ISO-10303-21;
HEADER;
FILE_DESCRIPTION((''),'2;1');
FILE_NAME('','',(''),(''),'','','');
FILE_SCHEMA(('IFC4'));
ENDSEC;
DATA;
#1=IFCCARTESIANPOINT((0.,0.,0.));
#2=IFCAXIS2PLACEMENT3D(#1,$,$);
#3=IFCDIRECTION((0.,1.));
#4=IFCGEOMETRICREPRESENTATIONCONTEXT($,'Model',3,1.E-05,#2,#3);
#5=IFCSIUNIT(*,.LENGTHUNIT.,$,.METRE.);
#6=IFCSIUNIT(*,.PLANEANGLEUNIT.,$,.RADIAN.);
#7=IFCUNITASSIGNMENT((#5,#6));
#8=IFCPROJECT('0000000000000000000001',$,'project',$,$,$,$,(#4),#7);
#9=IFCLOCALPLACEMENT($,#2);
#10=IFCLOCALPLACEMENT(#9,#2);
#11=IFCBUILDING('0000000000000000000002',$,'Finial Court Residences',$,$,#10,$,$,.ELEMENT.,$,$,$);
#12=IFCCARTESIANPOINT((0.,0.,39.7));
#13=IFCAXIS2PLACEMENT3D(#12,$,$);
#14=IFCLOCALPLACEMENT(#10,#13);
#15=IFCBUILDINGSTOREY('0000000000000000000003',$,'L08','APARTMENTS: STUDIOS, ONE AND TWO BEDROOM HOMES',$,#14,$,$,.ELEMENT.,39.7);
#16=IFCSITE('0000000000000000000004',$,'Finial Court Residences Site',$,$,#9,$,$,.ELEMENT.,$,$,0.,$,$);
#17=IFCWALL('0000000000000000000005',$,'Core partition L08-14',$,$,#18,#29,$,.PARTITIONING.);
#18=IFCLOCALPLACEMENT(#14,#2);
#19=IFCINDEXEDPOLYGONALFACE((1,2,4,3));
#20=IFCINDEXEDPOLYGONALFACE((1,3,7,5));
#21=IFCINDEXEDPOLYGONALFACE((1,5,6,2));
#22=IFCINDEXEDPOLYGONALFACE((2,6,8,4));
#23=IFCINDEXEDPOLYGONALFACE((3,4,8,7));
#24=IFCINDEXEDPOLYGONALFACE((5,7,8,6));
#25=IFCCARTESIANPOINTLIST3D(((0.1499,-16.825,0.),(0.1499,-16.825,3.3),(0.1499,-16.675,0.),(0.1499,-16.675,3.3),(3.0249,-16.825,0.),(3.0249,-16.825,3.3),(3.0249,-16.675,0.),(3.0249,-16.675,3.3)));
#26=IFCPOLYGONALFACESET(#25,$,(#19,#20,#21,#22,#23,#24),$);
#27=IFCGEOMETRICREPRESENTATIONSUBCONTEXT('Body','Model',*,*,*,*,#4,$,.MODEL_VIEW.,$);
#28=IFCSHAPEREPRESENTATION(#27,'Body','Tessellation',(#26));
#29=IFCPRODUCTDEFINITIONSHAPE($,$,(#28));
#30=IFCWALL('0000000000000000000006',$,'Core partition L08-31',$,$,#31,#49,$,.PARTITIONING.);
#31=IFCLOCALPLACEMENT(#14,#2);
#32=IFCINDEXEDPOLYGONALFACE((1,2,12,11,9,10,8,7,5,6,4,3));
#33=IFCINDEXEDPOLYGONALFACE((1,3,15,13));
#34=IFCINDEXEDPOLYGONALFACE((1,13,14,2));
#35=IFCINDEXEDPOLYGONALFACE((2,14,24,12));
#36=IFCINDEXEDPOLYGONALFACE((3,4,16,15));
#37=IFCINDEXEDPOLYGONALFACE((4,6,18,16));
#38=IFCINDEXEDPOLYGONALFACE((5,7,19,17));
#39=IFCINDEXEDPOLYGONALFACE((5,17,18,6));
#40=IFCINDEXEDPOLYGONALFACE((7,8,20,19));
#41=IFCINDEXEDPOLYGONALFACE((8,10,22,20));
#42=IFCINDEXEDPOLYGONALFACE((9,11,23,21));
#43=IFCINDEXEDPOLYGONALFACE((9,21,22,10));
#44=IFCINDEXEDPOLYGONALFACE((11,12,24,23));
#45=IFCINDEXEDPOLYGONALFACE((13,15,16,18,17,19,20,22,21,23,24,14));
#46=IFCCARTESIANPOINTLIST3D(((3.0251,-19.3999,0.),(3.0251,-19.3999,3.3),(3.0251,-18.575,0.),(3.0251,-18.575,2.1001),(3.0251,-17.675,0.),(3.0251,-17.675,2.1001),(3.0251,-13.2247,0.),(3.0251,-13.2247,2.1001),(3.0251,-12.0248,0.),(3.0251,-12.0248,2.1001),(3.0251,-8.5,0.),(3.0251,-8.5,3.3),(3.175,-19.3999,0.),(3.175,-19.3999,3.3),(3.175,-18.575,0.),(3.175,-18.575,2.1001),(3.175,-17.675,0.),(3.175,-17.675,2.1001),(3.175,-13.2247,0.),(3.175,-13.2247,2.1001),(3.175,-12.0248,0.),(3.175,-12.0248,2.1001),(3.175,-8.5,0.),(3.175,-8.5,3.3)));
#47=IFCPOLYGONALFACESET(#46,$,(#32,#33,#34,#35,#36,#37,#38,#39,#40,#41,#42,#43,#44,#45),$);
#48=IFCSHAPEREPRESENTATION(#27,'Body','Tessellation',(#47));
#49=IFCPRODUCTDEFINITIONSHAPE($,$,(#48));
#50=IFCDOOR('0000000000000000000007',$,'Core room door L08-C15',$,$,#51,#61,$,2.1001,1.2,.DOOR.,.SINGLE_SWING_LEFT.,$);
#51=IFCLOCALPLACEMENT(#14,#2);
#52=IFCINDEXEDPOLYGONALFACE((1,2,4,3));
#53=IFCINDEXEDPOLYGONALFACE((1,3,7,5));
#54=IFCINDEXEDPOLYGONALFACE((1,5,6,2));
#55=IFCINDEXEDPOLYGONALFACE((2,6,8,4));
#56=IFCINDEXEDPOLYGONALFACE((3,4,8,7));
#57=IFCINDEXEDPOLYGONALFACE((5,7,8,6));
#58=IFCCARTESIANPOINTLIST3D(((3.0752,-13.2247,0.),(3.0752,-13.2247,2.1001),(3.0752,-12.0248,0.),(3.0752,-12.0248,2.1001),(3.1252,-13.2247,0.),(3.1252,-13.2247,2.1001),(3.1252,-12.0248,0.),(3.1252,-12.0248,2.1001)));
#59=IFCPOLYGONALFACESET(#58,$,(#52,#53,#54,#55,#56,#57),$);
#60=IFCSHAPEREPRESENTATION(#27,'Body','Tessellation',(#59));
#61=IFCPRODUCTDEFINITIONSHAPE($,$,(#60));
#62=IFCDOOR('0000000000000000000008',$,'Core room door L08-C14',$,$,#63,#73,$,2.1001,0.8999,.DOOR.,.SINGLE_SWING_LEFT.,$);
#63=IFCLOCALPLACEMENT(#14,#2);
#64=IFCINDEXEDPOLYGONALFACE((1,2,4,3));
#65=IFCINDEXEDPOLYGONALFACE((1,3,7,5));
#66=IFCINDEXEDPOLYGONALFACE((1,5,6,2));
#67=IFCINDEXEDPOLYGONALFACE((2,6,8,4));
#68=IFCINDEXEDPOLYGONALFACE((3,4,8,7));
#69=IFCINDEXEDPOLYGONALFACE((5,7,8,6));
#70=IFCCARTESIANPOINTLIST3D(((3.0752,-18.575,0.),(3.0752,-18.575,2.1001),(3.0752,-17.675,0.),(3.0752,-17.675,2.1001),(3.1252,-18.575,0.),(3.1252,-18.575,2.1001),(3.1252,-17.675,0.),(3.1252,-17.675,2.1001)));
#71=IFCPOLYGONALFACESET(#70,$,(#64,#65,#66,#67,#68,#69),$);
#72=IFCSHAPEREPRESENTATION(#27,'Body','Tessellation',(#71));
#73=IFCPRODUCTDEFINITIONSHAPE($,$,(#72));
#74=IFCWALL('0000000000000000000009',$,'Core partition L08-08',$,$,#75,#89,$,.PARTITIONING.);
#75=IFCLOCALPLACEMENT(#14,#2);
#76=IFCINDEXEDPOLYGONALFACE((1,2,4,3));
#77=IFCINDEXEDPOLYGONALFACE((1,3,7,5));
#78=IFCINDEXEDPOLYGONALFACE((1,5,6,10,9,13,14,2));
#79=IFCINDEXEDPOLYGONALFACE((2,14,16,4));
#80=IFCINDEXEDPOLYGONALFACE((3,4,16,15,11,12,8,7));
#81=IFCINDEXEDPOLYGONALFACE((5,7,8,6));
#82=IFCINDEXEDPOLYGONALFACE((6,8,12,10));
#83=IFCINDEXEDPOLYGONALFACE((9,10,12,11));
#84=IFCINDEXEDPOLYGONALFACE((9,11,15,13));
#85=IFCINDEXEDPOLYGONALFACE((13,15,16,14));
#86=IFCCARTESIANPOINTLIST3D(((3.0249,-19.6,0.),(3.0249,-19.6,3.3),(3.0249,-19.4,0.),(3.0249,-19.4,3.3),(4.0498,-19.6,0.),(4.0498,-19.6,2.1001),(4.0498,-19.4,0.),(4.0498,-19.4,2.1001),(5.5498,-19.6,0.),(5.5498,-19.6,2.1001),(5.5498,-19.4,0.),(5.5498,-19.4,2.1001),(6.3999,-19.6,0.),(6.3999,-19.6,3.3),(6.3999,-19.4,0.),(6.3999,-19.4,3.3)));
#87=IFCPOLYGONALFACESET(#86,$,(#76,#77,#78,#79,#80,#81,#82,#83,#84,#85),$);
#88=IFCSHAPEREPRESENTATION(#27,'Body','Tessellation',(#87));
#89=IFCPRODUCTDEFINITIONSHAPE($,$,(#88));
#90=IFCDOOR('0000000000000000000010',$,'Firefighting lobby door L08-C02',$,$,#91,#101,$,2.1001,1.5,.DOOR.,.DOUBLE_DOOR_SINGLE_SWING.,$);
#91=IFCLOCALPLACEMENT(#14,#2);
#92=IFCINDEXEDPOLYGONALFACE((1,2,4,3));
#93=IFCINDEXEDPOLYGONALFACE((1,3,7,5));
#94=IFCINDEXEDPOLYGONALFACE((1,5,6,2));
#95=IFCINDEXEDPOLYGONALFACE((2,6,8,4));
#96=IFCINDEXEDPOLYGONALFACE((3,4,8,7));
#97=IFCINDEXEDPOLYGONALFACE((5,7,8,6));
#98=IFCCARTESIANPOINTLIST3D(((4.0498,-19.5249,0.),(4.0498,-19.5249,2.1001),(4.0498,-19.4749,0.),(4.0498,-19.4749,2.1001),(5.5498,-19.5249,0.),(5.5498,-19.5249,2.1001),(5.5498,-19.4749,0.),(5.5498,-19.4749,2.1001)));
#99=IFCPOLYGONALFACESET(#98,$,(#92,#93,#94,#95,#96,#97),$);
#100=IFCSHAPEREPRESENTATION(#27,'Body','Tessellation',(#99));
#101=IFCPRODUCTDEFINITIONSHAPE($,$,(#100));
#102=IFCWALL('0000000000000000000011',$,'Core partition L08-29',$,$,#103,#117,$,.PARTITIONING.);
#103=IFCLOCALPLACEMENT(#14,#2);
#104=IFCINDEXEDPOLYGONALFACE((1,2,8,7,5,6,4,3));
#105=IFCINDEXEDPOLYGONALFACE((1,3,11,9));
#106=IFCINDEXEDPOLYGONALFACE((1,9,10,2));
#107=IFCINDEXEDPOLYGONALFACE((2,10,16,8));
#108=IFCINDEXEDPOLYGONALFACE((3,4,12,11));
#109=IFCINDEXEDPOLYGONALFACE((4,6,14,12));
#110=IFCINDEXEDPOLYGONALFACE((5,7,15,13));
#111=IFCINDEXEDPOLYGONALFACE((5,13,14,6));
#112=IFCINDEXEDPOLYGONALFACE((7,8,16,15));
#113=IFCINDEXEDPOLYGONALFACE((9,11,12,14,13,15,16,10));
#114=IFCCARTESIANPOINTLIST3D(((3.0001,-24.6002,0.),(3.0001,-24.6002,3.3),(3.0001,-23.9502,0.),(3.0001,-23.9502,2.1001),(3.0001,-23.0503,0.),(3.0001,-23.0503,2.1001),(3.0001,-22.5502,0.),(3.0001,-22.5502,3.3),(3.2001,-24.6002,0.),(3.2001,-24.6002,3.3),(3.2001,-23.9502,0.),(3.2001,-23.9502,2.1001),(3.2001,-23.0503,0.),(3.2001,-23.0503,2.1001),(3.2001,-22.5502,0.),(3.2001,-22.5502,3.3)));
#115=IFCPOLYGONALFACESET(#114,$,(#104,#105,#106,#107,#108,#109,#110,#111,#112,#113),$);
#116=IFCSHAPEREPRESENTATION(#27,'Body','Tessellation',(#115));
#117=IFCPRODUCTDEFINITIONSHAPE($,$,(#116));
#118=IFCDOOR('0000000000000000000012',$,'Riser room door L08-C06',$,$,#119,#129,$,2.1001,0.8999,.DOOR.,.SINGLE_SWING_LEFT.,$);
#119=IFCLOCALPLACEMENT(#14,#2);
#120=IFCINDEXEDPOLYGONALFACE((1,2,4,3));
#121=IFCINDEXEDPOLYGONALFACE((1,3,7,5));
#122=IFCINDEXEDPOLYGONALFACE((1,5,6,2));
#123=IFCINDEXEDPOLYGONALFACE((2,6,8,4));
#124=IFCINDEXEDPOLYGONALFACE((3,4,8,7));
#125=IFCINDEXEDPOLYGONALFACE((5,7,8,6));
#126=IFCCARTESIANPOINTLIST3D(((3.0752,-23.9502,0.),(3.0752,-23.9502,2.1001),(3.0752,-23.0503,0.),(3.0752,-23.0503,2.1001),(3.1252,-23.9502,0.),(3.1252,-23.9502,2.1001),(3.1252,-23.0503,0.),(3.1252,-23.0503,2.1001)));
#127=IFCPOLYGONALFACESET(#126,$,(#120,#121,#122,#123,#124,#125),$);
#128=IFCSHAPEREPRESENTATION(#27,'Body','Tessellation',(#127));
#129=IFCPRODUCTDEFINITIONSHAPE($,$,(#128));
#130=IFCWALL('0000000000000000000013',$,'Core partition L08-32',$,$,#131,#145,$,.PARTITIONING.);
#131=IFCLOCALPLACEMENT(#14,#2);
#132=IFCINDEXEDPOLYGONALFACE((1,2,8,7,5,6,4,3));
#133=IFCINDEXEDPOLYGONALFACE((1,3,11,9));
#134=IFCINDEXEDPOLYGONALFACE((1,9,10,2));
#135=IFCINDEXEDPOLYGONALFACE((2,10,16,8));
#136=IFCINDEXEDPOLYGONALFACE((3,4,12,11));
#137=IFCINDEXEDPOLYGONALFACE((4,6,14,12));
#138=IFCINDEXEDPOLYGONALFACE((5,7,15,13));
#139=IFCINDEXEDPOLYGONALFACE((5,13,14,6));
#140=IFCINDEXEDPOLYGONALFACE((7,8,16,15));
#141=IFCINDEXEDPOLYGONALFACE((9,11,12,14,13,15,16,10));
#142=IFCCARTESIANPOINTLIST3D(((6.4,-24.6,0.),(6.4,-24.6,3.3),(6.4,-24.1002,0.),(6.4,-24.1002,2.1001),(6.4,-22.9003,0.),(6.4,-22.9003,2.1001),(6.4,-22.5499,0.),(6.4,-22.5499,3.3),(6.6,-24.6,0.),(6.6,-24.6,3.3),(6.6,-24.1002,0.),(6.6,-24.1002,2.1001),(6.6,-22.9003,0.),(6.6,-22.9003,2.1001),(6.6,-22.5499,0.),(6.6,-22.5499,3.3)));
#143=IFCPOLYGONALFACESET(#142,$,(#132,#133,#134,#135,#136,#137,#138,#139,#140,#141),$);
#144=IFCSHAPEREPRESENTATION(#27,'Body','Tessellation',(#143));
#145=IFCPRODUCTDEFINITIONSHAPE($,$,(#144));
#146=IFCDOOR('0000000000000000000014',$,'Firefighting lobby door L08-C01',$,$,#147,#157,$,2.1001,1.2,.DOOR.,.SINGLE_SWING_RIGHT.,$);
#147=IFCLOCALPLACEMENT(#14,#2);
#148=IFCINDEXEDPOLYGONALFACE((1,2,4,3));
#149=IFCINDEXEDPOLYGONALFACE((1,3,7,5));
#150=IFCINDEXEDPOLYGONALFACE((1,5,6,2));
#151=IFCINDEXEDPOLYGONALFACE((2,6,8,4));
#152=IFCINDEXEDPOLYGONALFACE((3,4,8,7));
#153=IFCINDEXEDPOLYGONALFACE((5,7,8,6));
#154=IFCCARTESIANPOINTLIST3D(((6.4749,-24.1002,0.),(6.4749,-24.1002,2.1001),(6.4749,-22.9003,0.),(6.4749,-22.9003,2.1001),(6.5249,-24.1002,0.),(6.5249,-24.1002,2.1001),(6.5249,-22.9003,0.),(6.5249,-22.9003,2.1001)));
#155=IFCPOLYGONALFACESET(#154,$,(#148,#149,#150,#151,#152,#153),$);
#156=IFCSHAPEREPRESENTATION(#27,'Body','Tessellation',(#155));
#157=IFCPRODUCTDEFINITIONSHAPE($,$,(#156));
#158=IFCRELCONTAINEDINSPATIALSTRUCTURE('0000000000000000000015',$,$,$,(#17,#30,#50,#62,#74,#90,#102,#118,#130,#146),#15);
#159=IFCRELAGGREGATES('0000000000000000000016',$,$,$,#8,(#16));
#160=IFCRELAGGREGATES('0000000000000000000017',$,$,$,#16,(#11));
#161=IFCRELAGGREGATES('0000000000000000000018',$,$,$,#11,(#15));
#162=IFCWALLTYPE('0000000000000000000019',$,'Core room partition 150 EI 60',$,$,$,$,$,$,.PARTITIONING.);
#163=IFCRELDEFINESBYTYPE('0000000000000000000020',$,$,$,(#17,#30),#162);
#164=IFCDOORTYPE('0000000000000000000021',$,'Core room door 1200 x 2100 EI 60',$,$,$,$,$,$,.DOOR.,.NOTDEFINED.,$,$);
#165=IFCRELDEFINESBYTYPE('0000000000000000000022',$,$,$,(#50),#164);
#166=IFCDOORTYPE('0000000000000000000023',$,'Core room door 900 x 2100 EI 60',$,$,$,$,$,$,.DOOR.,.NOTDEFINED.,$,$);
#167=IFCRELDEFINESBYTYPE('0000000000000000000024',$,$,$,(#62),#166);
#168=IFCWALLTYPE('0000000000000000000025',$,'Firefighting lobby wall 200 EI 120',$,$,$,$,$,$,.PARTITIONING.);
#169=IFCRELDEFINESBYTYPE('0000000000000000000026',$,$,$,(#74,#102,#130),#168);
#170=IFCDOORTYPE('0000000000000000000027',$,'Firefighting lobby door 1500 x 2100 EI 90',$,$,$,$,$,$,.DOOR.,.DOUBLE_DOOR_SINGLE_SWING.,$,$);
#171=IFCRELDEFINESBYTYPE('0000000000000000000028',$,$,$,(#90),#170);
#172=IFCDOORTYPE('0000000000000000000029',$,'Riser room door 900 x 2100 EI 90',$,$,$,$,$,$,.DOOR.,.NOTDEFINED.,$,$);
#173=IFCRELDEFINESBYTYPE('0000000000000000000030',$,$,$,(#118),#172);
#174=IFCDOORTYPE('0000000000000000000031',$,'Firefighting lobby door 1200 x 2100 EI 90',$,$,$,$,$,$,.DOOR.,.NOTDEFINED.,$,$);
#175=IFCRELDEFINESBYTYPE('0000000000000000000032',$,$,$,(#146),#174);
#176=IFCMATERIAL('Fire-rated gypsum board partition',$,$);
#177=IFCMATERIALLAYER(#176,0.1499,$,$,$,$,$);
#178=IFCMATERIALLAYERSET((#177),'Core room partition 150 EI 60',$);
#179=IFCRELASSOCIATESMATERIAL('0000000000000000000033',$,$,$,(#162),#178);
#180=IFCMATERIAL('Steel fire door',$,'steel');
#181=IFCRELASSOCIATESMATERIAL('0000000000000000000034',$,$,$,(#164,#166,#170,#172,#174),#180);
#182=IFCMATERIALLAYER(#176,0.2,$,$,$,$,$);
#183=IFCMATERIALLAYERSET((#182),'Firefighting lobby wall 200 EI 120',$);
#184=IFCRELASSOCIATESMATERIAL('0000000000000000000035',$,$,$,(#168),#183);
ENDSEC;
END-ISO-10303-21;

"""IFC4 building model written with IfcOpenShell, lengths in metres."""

from ifc_helpers import new_model, si_unit, direction, frame, frame_2d, origin, place, context, subcontext, project, spatial, rectangle, extrude, material, layer, layer_set, type_object, element, fill, save


model = new_model("IFC4")

# Units and contexts
model_context = context("Model", 3, precision=1e-05, world=origin(), true_north=direction((0.0, 1.0)))
body_context = subcontext(model_context, "Body", "Model", "MODEL_VIEW")
ifc_project = project(units=[si_unit("LENGTHUNIT", "METRE"), si_unit("PLANEANGLEUNIT", "RADIAN")], contexts=[model_context])

# Site, building, storey
site_placement = place(None, origin())
site = spatial("IfcSite", under=ifc_project, at=site_placement, Name="Finial Court Residences Site", CompositionType="ELEMENT", RefElevation=0.0)
building_placement = place(site_placement, origin())
building = spatial("IfcBuilding", under=site, at=building_placement, Name="Finial Court Residences", CompositionType="ELEMENT")
storey_placement = place(building_placement, frame((0.0, 0.0, 39.7)))
storey = spatial("IfcBuildingStorey", under=building, at=storey_placement, Name="L08", Description="APARTMENTS: STUDIOS, ONE AND TWO BEDROOM HOMES", CompositionType="ELEMENT", Elevation=39.7)

# Wall
ifc_material_1 = material(Name="Fire-rated gypsum board partition")
ifc_layer_1 = layer(ifc_material_1, 0.1499)
ifc_layer_set_1 = layer_set([ifc_layer_1], Name="Core room partition 150 EI 60")
wall_type_1 = type_object("IfcWallType", Name="Core room partition 150 EI 60", PredefinedType="PARTITIONING", material=ifc_layer_set_1)
wall_1_placement = place(storey_placement, frame((0.1499, -16.75, 0.0), z_axis=(0.0, 0.0, 1.0), x_axis=(1.0, 0.0, 0.0)))
element("IfcWall", 1, at=wall_1_placement, inside=storey, type_object=wall_type_1, Name="Core partition L08-14", PredefinedType="PARTITIONING", context=body_context, shape_type="SweptSolid", body=[
    extrude(rectangle(XDim=2.875, YDim=0.1499, at=frame_2d((1.4375, 0.0))), origin(), (0.0, 0.0, 1.0), 3.3),
])

# Wall, openings, doors
wall_2_placement = place(storey_placement, frame((3.1001, -19.3999, 0.0), z_axis=(0.0, 0.0, 1.0), x_axis=(0.0, 1.0, 0.0)))
wall_2 = element("IfcWall", 2, at=wall_2_placement, inside=storey, type_object=wall_type_1, Name="Core partition L08-31", PredefinedType="PARTITIONING", context=body_context, shape_type="SweptSolid", body=[
    extrude(rectangle(XDim=10.8999, YDim=0.1499, at=frame_2d((5.45, 0.0))), origin(), (0.0, 0.0, 1.0), 3.3),
])
opening_1_placement = place(wall_2_placement, frame((0.825, 0.0, 0.0)))
opening_1 = element("IfcOpeningElement", 3, at=opening_1_placement, cuts=wall_2, PredefinedType="OPENING", context=body_context, shape_type="SweptSolid", body=[
    extrude(rectangle(XDim=0.8999, YDim=2.1001, at=frame_2d((0.45, 1.05))), frame((0.0, 0.085, 0.0), z_axis=(0.0, -1.0, 0.0), x_axis=(1.0, 0.0, 0.0)), (0.0, 0.0, 1.0), 0.1699),
])
opening_2_placement = place(wall_2_placement, frame((6.175, 0.0, 0.0)))
opening_2 = element("IfcOpeningElement", 4, at=opening_2_placement, cuts=wall_2, PredefinedType="OPENING", context=body_context, shape_type="SweptSolid", body=[
    extrude(rectangle(XDim=1.2, YDim=2.1001, at=frame_2d((0.6001, 1.05))), frame((0.0, 0.085, 0.0), z_axis=(0.0, -1.0, 0.0), x_axis=(1.0, 0.0, 0.0)), (0.0, 0.0, 1.0), 0.1699),
])
ifc_material_2 = material(Name="Steel fire door", Category="steel")
door_type_1 = type_object("IfcDoorType", Name="Core room door 1200 x 2100 EI 60", OperationType="NOTDEFINED", PredefinedType="DOOR", material=ifc_material_2)
door_1_placement = place(opening_2_placement, origin())
door_1 = element("IfcDoor", 5, at=door_1_placement, inside=storey, type_object=door_type_1, Name="Core room door L08-C15", OperationType="SINGLE_SWING_LEFT", OverallHeight=2.1001, OverallWidth=1.2, PredefinedType="DOOR", context=body_context, shape_type="SweptSolid", body=[
    extrude(rectangle(XDim=1.2, YDim=2.1001, at=frame_2d((0.6001, 1.05))), frame((0.0, 0.0249, 0.0), z_axis=(0.0, -1.0, 0.0), x_axis=(1.0, 0.0, 0.0)), (0.0, 0.0, 1.0), 0.05),
])
fill(opening_2, door_1)
door_type_2 = type_object("IfcDoorType", Name="Core room door 900 x 2100 EI 60", OperationType="NOTDEFINED", PredefinedType="DOOR", material=ifc_material_2)
door_2_placement = place(opening_1_placement, origin())
door_2 = element("IfcDoor", 6, at=door_2_placement, inside=storey, type_object=door_type_2, Name="Core room door L08-C14", OperationType="SINGLE_SWING_LEFT", OverallHeight=2.1001, OverallWidth=0.8999, PredefinedType="DOOR", context=body_context, shape_type="SweptSolid", body=[
    extrude(rectangle(XDim=0.8999, YDim=2.1001, at=frame_2d((0.45, 1.05))), frame((0.0, 0.0249, 0.0), z_axis=(0.0, -1.0, 0.0), x_axis=(1.0, 0.0, 0.0)), (0.0, 0.0, 1.0), 0.05),
])
fill(opening_1, door_2)

# Walls, openings, doors
ifc_layer_2 = layer(ifc_material_1, 0.2)
ifc_layer_set_2 = layer_set([ifc_layer_2], Name="Firefighting lobby wall 200 EI 120")
wall_type_2 = type_object("IfcWallType", Name="Firefighting lobby wall 200 EI 120", PredefinedType="PARTITIONING", material=ifc_layer_set_2)
wall_3_placement = place(storey_placement, frame((6.3999, -19.5, 0.0), z_axis=(0.0, 0.0, 1.0), x_axis=(-1.0, 0.0, 0.0)))
wall_3 = element("IfcWall", 7, at=wall_3_placement, inside=storey, type_object=wall_type_2, Name="Core partition L08-08", PredefinedType="PARTITIONING", context=body_context, shape_type="SweptSolid", body=[
    extrude(rectangle(XDim=3.375, YDim=0.2, at=frame_2d((1.6875, 0.0))), origin(), (0.0, 0.0, 1.0), 3.3),
])
opening_3_placement = place(wall_3_placement, frame((0.8501, 0.0, 0.0)))
opening_3 = element("IfcOpeningElement", 8, at=opening_3_placement, cuts=wall_3, PredefinedType="OPENING", context=body_context, shape_type="SweptSolid", body=[
    extrude(rectangle(XDim=1.5, YDim=2.1001, at=frame_2d((0.75, 1.05))), frame((0.0, 0.1099, 0.0), z_axis=(0.0, -1.0, 0.0), x_axis=(1.0, 0.0, 0.0)), (0.0, 0.0, 1.0), 0.22),
])
door_type_3 = type_object("IfcDoorType", Name="Firefighting lobby door 1500 x 2100 EI 90", OperationType="DOUBLE_DOOR_SINGLE_SWING", PredefinedType="DOOR", material=ifc_material_2)
door_3_placement = place(opening_3_placement, origin())
door_3 = element("IfcDoor", 9, at=door_3_placement, inside=storey, type_object=door_type_3, Name="Firefighting lobby door L08-C02", OperationType="DOUBLE_DOOR_SINGLE_SWING", OverallHeight=2.1001, OverallWidth=1.5, PredefinedType="DOOR", context=body_context, shape_type="SweptSolid", body=[
    extrude(rectangle(XDim=1.5, YDim=2.1001, at=frame_2d((0.75, 1.05))), frame((0.0, 0.0249, 0.0), z_axis=(0.0, -1.0, 0.0), x_axis=(1.0, 0.0, 0.0)), (0.0, 0.0, 1.0), 0.05),
])
fill(opening_3, door_3)
wall_4_placement = place(storey_placement, frame((3.1001, -24.6001, 0.0), z_axis=(0.0, 0.0, 1.0), x_axis=(0.0, 1.0, 0.0)))
wall_4 = element("IfcWall", 10, at=wall_4_placement, inside=storey, type_object=wall_type_2, Name="Core partition L08-29", PredefinedType="PARTITIONING", context=body_context, shape_type="SweptSolid", body=[
    extrude(rectangle(XDim=2.05, YDim=0.2, at=frame_2d((1.0249, 0.0))), origin(), (0.0, 0.0, 1.0), 3.3),
])
opening_4_placement = place(wall_4_placement, frame((0.6499, 0.0, 0.0)))
opening_4 = element("IfcOpeningElement", 11, at=opening_4_placement, cuts=wall_4, PredefinedType="OPENING", context=body_context, shape_type="SweptSolid", body=[
    extrude(rectangle(XDim=0.8999, YDim=2.1001, at=frame_2d((0.45, 1.05))), frame((0.0, 0.1099, 0.0), z_axis=(0.0, -1.0, 0.0), x_axis=(1.0, 0.0, 0.0)), (0.0, 0.0, 1.0), 0.22),
])
door_type_4 = type_object("IfcDoorType", Name="Riser room door 900 x 2100 EI 90", OperationType="NOTDEFINED", PredefinedType="DOOR", material=ifc_material_2)
door_4_placement = place(opening_4_placement, origin())
door_4 = element("IfcDoor", 12, at=door_4_placement, inside=storey, type_object=door_type_4, Name="Riser room door L08-C06", OperationType="SINGLE_SWING_LEFT", OverallHeight=2.1001, OverallWidth=0.8999, PredefinedType="DOOR", context=body_context, shape_type="SweptSolid", body=[
    extrude(rectangle(XDim=0.8999, YDim=2.1001, at=frame_2d((0.45, 1.05))), frame((0.0, 0.0249, 0.0), z_axis=(0.0, -1.0, 0.0), x_axis=(1.0, 0.0, 0.0)), (0.0, 0.0, 1.0), 0.05),
])
fill(opening_4, door_4)
wall_5_placement = place(storey_placement, frame((6.5, -22.55, 0.0), z_axis=(0.0, 0.0, 1.0), x_axis=(0.0, -1.0, 0.0)))
wall_5 = element("IfcWall", 13, at=wall_5_placement, inside=storey, type_object=wall_type_2, Name="Core partition L08-32", PredefinedType="PARTITIONING", context=body_context, shape_type="SweptSolid", body=[
    extrude(rectangle(XDim=2.05, YDim=0.2, at=frame_2d((1.0249, 0.0))), origin(), (0.0, 0.0, 1.0), 3.3),
])
opening_5_placement = place(wall_5_placement, frame((0.3501, 0.0, 0.0)))
opening_5 = element("IfcOpeningElement", 14, at=opening_5_placement, cuts=wall_5, PredefinedType="OPENING", context=body_context, shape_type="SweptSolid", body=[
    extrude(rectangle(XDim=1.2, YDim=2.1001, at=frame_2d((0.6001, 1.05))), frame((0.0, 0.1099, 0.0), z_axis=(0.0, -1.0, 0.0), x_axis=(1.0, 0.0, 0.0)), (0.0, 0.0, 1.0), 0.22),
])
door_type_5 = type_object("IfcDoorType", Name="Firefighting lobby door 1200 x 2100 EI 90", OperationType="NOTDEFINED", PredefinedType="DOOR", material=ifc_material_2)
door_5_placement = place(opening_5_placement, origin())
door_5 = element("IfcDoor", 15, at=door_5_placement, inside=storey, type_object=door_type_5, Name="Firefighting lobby door L08-C01", OperationType="SINGLE_SWING_RIGHT", OverallHeight=2.1001, OverallWidth=1.2, PredefinedType="DOOR", context=body_context, shape_type="SweptSolid", body=[
    extrude(rectangle(XDim=1.2, YDim=2.1001, at=frame_2d((0.6001, 1.05))), frame((0.0, 0.0249, 0.0), z_axis=(0.0, -1.0, 0.0), x_axis=(1.0, 0.0, 0.0)), (0.0, 0.0, 1.0), 0.05),
])
fill(opening_5, door_5)

save(model, "model.ifc")
